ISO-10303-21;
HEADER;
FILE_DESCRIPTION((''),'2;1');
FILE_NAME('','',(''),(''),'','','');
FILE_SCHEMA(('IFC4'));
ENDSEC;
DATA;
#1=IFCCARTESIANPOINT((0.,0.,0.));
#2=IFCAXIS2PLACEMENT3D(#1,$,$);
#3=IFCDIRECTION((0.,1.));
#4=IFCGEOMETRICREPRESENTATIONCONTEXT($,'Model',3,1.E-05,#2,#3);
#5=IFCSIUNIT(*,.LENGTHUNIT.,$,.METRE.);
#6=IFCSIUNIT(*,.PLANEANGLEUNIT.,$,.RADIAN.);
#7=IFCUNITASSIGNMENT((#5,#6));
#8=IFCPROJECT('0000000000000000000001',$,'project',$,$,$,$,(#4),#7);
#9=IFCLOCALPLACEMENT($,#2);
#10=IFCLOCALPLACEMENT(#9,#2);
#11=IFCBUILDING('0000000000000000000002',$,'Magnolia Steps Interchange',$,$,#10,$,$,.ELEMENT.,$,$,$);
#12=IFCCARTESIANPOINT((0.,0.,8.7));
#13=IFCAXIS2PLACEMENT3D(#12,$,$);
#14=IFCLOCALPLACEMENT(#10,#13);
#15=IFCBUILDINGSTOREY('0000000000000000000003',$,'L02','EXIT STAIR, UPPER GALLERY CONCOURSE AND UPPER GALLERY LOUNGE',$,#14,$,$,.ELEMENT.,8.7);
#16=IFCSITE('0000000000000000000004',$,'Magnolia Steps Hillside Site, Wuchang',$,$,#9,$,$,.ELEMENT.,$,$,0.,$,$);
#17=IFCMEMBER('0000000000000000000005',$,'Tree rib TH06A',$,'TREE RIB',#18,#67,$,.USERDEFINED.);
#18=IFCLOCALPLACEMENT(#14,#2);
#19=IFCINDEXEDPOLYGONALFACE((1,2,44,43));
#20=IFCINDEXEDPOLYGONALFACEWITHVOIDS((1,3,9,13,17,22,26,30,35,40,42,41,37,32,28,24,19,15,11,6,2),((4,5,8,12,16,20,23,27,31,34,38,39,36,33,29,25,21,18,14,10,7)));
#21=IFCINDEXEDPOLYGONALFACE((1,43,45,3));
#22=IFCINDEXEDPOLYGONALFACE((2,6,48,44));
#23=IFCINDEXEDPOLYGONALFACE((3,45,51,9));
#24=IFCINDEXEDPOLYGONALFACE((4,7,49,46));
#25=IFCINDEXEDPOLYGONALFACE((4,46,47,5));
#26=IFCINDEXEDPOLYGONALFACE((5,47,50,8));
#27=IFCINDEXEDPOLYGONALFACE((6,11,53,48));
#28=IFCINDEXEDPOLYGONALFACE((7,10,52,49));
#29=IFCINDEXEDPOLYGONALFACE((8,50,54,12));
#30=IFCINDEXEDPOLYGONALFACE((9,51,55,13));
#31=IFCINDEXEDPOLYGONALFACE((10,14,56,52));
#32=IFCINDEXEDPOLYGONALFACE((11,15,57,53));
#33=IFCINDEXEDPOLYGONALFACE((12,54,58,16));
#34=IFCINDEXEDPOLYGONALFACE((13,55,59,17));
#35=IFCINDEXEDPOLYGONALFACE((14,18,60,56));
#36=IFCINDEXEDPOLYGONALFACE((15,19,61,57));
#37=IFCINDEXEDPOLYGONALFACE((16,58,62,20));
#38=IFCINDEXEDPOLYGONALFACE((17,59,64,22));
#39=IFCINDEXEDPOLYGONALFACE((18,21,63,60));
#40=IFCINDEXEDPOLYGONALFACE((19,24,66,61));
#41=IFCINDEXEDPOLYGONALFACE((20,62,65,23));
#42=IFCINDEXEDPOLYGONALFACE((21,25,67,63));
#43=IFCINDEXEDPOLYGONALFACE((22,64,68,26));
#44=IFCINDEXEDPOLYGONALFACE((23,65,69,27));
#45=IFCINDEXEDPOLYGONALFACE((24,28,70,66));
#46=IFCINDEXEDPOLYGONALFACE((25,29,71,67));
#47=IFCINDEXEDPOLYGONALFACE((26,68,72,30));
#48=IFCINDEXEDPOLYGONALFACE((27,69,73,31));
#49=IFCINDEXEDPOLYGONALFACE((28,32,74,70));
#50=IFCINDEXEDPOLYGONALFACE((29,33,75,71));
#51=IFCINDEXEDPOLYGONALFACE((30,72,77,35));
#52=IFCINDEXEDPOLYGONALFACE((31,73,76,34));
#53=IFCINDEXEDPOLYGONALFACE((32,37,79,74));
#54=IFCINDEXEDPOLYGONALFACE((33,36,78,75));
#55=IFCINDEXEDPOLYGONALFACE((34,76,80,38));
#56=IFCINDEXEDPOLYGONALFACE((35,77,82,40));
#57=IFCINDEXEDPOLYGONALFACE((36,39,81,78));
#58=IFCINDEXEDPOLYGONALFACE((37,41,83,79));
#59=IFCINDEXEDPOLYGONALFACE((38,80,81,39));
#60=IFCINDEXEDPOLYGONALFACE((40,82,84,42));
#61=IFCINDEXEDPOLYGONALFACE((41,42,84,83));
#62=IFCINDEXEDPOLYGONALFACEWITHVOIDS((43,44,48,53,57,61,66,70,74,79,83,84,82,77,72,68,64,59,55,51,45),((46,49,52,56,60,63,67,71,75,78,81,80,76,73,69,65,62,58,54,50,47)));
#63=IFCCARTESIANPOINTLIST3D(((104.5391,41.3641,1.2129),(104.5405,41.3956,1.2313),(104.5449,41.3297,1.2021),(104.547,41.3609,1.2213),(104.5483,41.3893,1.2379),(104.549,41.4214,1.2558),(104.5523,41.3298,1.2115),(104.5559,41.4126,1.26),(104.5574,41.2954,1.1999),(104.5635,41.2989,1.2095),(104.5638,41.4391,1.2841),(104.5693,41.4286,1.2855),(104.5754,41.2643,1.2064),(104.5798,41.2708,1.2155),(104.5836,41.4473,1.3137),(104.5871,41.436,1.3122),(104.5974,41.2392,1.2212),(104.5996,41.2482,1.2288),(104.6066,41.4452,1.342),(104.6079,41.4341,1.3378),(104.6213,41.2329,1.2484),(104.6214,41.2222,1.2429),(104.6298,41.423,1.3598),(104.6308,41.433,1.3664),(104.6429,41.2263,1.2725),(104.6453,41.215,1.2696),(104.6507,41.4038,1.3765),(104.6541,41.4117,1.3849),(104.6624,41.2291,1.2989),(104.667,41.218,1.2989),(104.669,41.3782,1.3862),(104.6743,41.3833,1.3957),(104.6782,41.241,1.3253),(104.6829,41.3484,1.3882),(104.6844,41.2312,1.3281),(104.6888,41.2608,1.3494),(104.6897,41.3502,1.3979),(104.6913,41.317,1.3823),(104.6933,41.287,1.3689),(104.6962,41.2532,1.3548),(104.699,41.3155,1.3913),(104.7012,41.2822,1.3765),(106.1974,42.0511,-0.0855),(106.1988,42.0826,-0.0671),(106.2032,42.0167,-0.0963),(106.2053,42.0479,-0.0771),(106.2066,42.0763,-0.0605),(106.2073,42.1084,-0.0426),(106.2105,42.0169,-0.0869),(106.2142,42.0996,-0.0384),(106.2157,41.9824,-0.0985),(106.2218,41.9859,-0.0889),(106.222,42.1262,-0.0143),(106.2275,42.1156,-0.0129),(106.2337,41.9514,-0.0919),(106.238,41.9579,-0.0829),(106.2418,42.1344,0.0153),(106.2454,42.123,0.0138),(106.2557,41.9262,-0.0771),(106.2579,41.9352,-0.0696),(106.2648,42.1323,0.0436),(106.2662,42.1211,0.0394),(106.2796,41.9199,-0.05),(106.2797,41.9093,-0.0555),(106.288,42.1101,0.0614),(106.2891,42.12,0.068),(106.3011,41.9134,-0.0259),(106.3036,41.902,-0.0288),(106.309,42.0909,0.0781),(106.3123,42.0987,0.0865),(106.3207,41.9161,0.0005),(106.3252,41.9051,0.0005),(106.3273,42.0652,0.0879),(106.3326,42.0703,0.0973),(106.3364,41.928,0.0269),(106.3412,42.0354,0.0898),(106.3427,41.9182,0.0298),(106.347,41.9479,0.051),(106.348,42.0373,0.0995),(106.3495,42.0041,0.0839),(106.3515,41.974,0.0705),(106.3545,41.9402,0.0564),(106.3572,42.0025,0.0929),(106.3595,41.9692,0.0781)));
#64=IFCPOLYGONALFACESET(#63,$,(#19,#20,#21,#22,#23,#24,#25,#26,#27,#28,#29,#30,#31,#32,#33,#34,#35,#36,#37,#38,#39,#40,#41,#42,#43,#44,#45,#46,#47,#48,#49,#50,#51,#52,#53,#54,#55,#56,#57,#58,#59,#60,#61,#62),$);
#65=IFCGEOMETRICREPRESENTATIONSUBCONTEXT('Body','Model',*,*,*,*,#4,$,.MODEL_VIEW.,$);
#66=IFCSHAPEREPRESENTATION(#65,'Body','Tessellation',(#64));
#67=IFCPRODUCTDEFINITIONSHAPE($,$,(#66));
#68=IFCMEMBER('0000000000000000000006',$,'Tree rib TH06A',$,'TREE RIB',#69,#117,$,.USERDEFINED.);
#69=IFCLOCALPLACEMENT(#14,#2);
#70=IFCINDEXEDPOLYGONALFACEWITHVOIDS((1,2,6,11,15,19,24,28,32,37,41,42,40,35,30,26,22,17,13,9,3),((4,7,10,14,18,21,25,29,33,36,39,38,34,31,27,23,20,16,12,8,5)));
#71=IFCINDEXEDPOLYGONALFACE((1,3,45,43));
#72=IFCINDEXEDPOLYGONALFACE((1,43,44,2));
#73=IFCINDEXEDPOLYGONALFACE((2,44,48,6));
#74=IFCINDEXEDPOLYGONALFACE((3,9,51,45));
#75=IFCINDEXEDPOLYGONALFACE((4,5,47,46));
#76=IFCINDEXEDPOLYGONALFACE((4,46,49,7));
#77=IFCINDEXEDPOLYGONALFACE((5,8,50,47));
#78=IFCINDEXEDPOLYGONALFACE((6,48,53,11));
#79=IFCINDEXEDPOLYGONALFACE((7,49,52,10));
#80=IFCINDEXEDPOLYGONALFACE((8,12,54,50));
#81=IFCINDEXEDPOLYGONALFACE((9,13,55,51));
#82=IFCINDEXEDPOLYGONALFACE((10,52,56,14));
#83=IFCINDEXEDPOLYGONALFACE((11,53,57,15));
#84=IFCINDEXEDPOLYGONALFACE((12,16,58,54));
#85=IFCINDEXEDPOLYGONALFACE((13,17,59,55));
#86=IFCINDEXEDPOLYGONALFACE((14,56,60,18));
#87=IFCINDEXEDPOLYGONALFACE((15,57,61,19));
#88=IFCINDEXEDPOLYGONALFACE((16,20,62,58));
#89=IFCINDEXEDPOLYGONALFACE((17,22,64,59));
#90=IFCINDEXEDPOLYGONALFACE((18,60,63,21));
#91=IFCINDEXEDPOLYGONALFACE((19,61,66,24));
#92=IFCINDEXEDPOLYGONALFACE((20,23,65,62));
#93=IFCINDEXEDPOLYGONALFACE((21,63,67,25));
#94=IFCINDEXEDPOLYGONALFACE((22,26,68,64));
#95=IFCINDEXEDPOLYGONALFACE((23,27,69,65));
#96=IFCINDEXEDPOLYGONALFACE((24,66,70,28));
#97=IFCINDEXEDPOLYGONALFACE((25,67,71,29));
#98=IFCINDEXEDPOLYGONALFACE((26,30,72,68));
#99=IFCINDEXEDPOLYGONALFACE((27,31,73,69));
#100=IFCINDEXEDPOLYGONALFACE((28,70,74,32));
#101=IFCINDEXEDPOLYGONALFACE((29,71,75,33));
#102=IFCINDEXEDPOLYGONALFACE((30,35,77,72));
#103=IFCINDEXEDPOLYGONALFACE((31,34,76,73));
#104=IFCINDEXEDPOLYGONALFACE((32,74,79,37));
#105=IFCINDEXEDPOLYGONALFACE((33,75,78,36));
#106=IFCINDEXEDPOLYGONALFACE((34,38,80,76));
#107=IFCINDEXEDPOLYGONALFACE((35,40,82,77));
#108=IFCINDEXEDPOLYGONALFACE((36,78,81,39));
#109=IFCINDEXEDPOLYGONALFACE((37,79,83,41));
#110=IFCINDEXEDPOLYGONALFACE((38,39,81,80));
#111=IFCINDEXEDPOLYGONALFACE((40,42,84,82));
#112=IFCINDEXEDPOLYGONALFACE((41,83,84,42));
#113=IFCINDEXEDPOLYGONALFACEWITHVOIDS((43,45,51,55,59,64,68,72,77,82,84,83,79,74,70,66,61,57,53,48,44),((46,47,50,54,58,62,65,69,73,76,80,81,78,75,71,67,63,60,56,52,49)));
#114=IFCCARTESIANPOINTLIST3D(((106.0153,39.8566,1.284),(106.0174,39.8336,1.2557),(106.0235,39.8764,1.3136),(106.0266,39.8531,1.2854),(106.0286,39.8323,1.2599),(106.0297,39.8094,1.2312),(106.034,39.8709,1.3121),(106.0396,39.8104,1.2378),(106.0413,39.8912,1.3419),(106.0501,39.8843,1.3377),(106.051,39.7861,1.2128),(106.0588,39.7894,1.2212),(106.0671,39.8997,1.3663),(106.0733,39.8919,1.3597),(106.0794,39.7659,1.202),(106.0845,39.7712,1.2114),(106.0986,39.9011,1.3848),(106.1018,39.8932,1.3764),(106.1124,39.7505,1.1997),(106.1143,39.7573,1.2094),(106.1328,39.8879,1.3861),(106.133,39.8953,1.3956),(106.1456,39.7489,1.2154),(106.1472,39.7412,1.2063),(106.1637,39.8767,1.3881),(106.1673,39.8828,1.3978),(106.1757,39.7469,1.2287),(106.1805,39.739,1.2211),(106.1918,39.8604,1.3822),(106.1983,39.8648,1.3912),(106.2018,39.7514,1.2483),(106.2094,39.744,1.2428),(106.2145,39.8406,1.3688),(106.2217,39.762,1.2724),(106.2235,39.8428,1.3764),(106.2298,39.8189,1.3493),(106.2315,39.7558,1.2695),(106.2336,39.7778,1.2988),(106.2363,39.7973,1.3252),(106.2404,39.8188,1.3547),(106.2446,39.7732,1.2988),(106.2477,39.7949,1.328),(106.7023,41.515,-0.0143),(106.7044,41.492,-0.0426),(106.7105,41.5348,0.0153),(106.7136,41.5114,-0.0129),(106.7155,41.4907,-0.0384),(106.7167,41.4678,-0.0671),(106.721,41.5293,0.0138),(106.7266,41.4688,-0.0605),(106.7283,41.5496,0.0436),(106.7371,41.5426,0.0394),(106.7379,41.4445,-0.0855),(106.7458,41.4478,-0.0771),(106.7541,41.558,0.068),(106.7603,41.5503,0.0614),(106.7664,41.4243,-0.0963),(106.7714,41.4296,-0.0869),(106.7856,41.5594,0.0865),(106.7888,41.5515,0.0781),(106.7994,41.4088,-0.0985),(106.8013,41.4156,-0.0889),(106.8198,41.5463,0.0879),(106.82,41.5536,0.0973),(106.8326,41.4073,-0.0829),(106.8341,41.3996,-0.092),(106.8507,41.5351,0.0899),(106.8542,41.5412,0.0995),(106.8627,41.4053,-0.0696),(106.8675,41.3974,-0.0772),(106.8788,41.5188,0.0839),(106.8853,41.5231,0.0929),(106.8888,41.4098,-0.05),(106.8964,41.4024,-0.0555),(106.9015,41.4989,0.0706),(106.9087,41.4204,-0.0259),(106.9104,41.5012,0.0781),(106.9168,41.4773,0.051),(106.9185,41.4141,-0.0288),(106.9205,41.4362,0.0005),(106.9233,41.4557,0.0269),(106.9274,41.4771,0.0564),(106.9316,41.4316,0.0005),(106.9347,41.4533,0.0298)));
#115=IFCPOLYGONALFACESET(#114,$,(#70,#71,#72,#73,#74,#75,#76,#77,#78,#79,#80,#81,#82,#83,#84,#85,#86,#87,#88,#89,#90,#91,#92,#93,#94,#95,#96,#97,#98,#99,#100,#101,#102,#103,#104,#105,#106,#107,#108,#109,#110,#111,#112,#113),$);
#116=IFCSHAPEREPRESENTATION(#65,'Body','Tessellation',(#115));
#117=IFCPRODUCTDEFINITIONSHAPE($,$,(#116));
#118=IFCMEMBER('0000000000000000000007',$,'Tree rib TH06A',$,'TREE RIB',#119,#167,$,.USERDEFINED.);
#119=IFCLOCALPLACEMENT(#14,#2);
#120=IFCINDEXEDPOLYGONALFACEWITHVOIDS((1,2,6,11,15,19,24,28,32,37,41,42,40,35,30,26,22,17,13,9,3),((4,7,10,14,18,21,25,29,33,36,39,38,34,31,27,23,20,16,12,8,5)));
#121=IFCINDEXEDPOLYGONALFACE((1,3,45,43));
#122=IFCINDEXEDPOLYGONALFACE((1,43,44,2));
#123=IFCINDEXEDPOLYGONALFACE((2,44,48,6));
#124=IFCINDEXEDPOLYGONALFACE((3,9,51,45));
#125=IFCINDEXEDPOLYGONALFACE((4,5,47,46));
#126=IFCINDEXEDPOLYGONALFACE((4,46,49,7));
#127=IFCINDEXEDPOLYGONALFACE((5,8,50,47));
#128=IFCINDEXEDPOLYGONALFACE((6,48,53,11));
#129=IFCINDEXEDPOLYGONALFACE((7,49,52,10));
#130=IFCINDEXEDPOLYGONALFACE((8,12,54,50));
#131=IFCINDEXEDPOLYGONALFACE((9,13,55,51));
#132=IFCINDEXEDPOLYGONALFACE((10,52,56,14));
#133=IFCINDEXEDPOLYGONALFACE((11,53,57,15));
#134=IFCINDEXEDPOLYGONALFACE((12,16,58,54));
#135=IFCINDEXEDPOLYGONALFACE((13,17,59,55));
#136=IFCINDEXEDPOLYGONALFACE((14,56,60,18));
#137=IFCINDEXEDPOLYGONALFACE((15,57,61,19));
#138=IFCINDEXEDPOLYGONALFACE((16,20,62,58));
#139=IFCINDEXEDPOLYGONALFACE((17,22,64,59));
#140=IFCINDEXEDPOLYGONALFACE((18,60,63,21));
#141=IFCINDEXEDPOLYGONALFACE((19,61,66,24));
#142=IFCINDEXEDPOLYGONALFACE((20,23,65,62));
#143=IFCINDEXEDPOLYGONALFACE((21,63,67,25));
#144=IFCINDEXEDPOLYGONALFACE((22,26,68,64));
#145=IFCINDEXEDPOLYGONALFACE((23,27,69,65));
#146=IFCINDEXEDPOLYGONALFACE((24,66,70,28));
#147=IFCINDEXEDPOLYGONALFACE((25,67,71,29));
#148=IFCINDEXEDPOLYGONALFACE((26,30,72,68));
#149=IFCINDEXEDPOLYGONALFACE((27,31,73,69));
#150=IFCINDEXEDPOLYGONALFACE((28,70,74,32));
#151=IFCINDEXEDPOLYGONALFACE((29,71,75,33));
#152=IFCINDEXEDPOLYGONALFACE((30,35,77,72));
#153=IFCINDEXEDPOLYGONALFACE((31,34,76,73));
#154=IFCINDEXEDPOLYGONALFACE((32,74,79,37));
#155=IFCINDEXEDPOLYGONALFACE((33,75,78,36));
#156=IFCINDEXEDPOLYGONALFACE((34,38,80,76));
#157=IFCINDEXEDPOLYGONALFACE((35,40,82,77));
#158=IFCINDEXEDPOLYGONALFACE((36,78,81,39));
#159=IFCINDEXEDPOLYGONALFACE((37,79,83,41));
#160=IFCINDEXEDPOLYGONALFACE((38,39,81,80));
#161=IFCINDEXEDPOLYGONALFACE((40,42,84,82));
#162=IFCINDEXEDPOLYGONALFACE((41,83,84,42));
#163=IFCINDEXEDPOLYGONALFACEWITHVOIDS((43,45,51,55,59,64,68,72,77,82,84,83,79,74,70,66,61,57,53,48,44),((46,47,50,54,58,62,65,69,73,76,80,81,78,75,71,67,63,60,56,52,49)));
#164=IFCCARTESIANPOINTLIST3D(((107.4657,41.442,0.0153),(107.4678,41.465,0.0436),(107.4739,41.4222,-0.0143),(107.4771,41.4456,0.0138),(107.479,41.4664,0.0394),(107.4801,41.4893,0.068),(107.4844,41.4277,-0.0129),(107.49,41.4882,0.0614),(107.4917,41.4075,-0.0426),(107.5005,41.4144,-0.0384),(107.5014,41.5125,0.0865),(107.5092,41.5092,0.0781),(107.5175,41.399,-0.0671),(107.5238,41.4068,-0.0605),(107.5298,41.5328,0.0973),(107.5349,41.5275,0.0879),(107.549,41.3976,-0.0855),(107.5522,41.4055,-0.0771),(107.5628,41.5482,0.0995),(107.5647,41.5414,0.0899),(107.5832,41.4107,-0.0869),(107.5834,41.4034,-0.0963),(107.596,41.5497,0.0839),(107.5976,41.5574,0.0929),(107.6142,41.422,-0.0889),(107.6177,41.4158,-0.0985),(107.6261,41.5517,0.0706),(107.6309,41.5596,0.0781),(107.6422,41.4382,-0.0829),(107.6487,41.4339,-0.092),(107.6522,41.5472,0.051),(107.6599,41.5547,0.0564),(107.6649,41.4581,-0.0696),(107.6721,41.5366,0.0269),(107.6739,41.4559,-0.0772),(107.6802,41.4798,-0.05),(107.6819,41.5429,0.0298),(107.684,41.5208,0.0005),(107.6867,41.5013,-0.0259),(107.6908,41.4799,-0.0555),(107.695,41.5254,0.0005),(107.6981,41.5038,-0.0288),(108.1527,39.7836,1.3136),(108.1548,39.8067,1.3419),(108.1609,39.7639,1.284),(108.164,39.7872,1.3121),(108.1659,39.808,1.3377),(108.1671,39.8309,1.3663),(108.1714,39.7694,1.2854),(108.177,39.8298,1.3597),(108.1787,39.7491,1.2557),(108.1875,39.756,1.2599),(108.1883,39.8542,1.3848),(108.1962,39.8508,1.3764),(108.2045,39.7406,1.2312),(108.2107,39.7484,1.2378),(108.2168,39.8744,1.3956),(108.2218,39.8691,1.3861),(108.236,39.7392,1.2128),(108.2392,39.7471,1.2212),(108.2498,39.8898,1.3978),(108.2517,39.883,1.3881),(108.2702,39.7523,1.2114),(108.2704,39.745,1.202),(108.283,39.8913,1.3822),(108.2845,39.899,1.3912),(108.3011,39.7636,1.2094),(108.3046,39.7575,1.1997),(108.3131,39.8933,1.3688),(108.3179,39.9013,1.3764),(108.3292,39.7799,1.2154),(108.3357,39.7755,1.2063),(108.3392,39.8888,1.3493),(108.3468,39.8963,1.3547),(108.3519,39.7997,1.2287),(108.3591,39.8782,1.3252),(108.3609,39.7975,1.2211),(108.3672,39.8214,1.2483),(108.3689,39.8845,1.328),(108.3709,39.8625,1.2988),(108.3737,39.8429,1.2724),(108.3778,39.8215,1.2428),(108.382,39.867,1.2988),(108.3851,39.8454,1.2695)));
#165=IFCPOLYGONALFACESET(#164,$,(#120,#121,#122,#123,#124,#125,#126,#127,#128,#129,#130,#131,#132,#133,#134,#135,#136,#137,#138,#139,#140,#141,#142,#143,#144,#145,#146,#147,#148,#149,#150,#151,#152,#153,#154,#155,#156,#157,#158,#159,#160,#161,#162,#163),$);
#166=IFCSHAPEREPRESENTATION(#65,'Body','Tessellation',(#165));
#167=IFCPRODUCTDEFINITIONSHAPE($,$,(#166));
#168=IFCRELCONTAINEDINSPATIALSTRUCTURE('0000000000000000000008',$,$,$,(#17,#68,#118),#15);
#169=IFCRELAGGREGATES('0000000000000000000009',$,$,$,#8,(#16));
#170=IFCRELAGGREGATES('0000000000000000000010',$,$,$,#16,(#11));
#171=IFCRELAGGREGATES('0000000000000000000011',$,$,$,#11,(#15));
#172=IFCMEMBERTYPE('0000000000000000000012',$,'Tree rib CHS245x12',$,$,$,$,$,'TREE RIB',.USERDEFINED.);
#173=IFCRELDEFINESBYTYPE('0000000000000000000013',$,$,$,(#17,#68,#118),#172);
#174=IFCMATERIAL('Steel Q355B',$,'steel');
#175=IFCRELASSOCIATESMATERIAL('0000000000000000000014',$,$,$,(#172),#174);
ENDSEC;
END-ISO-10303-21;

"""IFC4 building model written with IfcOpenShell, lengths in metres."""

from ifc_helpers import new_model, si_unit, direction, frame, origin, origin_2d, place, context, subcontext, project, spatial, hollow_circle, extrude, material, material_profile, profile_set, type_object, element, save


model = new_model("IFC4")

# Units and contexts
model_context = context("Model", 3, precision=1e-05, world=origin(), true_north=direction((0.0, 1.0)))
body_context = subcontext(model_context, "Body", "Model", "MODEL_VIEW")
ifc_project = project(units=[si_unit("LENGTHUNIT", "METRE"), si_unit("PLANEANGLEUNIT", "RADIAN")], contexts=[model_context])

# Site, building, storey
site_placement = place(None, origin())
site = spatial("IfcSite", under=ifc_project, at=site_placement, Name="Magnolia Steps Hillside Site, Wuchang", CompositionType="ELEMENT", RefElevation=0.0)
building_placement = place(site_placement, origin())
building = spatial("IfcBuilding", under=site, at=building_placement, Name="Magnolia Steps Interchange", CompositionType="ELEMENT")
storey_placement = place(building_placement, frame((0.0, 0.0, 8.7)))
storey = spatial("IfcBuildingStorey", under=building, at=storey_placement, Name="L02", Description="EXIT STAIR, UPPER GALLERY CONCOURSE AND UPPER GALLERY LOUNGE", CompositionType="ELEMENT", Elevation=8.7)

# Members
ifc_material_1 = material(Name="Steel Q355B", Category="steel")
ifc_material_profile_1 = material_profile(ifc_material_1, hollow_circle(Radius=0.1226, WallThickness=0.012, at=origin_2d()), Name="CHS245x12")
ifc_profile_set_1 = profile_set([ifc_material_profile_1], Name="Steel Q355B")
member_type = type_object("IfcMemberType", Name="Tree rib CHS245x12", ElementType="TREE RIB", PredefinedType="USERDEFINED", material=ifc_profile_set_1)
for number, where, z_axis, x_axis, name in (
    (1, (106.2783, 42.0183, 0.0005), (-0.748542, -0.310129, 0.586093), (0.38276, -0.923848, 0.0), "Tree rib TH06A"),
    (2, (106.8184, 41.4785, 0.0005), (-0.310103, -0.74859, 0.586045), (0.923868, -0.382712, 0.0), "Tree rib TH06A"),
    (3, (107.5818, 41.4785, 0.0005), (0.310103, -0.74859, 0.586045), (0.923868, 0.382712, 0.0), "Tree rib TH06A"),
):
    element("IfcMember", number, at=place(storey_placement, frame(where, z_axis=z_axis, x_axis=x_axis)), inside=storey, type_object=member_type, Name=name, ObjectType="TREE RIB", PredefinedType="USERDEFINED", context=body_context, shape_type="SweptSolid", body=[
        extrude(hollow_circle(Radius=0.1226, WallThickness=0.012, at=origin_2d()), origin(), (0.0, 0.0, 1.0), 2.2153),
    ])

save(model, "model.ifc")
